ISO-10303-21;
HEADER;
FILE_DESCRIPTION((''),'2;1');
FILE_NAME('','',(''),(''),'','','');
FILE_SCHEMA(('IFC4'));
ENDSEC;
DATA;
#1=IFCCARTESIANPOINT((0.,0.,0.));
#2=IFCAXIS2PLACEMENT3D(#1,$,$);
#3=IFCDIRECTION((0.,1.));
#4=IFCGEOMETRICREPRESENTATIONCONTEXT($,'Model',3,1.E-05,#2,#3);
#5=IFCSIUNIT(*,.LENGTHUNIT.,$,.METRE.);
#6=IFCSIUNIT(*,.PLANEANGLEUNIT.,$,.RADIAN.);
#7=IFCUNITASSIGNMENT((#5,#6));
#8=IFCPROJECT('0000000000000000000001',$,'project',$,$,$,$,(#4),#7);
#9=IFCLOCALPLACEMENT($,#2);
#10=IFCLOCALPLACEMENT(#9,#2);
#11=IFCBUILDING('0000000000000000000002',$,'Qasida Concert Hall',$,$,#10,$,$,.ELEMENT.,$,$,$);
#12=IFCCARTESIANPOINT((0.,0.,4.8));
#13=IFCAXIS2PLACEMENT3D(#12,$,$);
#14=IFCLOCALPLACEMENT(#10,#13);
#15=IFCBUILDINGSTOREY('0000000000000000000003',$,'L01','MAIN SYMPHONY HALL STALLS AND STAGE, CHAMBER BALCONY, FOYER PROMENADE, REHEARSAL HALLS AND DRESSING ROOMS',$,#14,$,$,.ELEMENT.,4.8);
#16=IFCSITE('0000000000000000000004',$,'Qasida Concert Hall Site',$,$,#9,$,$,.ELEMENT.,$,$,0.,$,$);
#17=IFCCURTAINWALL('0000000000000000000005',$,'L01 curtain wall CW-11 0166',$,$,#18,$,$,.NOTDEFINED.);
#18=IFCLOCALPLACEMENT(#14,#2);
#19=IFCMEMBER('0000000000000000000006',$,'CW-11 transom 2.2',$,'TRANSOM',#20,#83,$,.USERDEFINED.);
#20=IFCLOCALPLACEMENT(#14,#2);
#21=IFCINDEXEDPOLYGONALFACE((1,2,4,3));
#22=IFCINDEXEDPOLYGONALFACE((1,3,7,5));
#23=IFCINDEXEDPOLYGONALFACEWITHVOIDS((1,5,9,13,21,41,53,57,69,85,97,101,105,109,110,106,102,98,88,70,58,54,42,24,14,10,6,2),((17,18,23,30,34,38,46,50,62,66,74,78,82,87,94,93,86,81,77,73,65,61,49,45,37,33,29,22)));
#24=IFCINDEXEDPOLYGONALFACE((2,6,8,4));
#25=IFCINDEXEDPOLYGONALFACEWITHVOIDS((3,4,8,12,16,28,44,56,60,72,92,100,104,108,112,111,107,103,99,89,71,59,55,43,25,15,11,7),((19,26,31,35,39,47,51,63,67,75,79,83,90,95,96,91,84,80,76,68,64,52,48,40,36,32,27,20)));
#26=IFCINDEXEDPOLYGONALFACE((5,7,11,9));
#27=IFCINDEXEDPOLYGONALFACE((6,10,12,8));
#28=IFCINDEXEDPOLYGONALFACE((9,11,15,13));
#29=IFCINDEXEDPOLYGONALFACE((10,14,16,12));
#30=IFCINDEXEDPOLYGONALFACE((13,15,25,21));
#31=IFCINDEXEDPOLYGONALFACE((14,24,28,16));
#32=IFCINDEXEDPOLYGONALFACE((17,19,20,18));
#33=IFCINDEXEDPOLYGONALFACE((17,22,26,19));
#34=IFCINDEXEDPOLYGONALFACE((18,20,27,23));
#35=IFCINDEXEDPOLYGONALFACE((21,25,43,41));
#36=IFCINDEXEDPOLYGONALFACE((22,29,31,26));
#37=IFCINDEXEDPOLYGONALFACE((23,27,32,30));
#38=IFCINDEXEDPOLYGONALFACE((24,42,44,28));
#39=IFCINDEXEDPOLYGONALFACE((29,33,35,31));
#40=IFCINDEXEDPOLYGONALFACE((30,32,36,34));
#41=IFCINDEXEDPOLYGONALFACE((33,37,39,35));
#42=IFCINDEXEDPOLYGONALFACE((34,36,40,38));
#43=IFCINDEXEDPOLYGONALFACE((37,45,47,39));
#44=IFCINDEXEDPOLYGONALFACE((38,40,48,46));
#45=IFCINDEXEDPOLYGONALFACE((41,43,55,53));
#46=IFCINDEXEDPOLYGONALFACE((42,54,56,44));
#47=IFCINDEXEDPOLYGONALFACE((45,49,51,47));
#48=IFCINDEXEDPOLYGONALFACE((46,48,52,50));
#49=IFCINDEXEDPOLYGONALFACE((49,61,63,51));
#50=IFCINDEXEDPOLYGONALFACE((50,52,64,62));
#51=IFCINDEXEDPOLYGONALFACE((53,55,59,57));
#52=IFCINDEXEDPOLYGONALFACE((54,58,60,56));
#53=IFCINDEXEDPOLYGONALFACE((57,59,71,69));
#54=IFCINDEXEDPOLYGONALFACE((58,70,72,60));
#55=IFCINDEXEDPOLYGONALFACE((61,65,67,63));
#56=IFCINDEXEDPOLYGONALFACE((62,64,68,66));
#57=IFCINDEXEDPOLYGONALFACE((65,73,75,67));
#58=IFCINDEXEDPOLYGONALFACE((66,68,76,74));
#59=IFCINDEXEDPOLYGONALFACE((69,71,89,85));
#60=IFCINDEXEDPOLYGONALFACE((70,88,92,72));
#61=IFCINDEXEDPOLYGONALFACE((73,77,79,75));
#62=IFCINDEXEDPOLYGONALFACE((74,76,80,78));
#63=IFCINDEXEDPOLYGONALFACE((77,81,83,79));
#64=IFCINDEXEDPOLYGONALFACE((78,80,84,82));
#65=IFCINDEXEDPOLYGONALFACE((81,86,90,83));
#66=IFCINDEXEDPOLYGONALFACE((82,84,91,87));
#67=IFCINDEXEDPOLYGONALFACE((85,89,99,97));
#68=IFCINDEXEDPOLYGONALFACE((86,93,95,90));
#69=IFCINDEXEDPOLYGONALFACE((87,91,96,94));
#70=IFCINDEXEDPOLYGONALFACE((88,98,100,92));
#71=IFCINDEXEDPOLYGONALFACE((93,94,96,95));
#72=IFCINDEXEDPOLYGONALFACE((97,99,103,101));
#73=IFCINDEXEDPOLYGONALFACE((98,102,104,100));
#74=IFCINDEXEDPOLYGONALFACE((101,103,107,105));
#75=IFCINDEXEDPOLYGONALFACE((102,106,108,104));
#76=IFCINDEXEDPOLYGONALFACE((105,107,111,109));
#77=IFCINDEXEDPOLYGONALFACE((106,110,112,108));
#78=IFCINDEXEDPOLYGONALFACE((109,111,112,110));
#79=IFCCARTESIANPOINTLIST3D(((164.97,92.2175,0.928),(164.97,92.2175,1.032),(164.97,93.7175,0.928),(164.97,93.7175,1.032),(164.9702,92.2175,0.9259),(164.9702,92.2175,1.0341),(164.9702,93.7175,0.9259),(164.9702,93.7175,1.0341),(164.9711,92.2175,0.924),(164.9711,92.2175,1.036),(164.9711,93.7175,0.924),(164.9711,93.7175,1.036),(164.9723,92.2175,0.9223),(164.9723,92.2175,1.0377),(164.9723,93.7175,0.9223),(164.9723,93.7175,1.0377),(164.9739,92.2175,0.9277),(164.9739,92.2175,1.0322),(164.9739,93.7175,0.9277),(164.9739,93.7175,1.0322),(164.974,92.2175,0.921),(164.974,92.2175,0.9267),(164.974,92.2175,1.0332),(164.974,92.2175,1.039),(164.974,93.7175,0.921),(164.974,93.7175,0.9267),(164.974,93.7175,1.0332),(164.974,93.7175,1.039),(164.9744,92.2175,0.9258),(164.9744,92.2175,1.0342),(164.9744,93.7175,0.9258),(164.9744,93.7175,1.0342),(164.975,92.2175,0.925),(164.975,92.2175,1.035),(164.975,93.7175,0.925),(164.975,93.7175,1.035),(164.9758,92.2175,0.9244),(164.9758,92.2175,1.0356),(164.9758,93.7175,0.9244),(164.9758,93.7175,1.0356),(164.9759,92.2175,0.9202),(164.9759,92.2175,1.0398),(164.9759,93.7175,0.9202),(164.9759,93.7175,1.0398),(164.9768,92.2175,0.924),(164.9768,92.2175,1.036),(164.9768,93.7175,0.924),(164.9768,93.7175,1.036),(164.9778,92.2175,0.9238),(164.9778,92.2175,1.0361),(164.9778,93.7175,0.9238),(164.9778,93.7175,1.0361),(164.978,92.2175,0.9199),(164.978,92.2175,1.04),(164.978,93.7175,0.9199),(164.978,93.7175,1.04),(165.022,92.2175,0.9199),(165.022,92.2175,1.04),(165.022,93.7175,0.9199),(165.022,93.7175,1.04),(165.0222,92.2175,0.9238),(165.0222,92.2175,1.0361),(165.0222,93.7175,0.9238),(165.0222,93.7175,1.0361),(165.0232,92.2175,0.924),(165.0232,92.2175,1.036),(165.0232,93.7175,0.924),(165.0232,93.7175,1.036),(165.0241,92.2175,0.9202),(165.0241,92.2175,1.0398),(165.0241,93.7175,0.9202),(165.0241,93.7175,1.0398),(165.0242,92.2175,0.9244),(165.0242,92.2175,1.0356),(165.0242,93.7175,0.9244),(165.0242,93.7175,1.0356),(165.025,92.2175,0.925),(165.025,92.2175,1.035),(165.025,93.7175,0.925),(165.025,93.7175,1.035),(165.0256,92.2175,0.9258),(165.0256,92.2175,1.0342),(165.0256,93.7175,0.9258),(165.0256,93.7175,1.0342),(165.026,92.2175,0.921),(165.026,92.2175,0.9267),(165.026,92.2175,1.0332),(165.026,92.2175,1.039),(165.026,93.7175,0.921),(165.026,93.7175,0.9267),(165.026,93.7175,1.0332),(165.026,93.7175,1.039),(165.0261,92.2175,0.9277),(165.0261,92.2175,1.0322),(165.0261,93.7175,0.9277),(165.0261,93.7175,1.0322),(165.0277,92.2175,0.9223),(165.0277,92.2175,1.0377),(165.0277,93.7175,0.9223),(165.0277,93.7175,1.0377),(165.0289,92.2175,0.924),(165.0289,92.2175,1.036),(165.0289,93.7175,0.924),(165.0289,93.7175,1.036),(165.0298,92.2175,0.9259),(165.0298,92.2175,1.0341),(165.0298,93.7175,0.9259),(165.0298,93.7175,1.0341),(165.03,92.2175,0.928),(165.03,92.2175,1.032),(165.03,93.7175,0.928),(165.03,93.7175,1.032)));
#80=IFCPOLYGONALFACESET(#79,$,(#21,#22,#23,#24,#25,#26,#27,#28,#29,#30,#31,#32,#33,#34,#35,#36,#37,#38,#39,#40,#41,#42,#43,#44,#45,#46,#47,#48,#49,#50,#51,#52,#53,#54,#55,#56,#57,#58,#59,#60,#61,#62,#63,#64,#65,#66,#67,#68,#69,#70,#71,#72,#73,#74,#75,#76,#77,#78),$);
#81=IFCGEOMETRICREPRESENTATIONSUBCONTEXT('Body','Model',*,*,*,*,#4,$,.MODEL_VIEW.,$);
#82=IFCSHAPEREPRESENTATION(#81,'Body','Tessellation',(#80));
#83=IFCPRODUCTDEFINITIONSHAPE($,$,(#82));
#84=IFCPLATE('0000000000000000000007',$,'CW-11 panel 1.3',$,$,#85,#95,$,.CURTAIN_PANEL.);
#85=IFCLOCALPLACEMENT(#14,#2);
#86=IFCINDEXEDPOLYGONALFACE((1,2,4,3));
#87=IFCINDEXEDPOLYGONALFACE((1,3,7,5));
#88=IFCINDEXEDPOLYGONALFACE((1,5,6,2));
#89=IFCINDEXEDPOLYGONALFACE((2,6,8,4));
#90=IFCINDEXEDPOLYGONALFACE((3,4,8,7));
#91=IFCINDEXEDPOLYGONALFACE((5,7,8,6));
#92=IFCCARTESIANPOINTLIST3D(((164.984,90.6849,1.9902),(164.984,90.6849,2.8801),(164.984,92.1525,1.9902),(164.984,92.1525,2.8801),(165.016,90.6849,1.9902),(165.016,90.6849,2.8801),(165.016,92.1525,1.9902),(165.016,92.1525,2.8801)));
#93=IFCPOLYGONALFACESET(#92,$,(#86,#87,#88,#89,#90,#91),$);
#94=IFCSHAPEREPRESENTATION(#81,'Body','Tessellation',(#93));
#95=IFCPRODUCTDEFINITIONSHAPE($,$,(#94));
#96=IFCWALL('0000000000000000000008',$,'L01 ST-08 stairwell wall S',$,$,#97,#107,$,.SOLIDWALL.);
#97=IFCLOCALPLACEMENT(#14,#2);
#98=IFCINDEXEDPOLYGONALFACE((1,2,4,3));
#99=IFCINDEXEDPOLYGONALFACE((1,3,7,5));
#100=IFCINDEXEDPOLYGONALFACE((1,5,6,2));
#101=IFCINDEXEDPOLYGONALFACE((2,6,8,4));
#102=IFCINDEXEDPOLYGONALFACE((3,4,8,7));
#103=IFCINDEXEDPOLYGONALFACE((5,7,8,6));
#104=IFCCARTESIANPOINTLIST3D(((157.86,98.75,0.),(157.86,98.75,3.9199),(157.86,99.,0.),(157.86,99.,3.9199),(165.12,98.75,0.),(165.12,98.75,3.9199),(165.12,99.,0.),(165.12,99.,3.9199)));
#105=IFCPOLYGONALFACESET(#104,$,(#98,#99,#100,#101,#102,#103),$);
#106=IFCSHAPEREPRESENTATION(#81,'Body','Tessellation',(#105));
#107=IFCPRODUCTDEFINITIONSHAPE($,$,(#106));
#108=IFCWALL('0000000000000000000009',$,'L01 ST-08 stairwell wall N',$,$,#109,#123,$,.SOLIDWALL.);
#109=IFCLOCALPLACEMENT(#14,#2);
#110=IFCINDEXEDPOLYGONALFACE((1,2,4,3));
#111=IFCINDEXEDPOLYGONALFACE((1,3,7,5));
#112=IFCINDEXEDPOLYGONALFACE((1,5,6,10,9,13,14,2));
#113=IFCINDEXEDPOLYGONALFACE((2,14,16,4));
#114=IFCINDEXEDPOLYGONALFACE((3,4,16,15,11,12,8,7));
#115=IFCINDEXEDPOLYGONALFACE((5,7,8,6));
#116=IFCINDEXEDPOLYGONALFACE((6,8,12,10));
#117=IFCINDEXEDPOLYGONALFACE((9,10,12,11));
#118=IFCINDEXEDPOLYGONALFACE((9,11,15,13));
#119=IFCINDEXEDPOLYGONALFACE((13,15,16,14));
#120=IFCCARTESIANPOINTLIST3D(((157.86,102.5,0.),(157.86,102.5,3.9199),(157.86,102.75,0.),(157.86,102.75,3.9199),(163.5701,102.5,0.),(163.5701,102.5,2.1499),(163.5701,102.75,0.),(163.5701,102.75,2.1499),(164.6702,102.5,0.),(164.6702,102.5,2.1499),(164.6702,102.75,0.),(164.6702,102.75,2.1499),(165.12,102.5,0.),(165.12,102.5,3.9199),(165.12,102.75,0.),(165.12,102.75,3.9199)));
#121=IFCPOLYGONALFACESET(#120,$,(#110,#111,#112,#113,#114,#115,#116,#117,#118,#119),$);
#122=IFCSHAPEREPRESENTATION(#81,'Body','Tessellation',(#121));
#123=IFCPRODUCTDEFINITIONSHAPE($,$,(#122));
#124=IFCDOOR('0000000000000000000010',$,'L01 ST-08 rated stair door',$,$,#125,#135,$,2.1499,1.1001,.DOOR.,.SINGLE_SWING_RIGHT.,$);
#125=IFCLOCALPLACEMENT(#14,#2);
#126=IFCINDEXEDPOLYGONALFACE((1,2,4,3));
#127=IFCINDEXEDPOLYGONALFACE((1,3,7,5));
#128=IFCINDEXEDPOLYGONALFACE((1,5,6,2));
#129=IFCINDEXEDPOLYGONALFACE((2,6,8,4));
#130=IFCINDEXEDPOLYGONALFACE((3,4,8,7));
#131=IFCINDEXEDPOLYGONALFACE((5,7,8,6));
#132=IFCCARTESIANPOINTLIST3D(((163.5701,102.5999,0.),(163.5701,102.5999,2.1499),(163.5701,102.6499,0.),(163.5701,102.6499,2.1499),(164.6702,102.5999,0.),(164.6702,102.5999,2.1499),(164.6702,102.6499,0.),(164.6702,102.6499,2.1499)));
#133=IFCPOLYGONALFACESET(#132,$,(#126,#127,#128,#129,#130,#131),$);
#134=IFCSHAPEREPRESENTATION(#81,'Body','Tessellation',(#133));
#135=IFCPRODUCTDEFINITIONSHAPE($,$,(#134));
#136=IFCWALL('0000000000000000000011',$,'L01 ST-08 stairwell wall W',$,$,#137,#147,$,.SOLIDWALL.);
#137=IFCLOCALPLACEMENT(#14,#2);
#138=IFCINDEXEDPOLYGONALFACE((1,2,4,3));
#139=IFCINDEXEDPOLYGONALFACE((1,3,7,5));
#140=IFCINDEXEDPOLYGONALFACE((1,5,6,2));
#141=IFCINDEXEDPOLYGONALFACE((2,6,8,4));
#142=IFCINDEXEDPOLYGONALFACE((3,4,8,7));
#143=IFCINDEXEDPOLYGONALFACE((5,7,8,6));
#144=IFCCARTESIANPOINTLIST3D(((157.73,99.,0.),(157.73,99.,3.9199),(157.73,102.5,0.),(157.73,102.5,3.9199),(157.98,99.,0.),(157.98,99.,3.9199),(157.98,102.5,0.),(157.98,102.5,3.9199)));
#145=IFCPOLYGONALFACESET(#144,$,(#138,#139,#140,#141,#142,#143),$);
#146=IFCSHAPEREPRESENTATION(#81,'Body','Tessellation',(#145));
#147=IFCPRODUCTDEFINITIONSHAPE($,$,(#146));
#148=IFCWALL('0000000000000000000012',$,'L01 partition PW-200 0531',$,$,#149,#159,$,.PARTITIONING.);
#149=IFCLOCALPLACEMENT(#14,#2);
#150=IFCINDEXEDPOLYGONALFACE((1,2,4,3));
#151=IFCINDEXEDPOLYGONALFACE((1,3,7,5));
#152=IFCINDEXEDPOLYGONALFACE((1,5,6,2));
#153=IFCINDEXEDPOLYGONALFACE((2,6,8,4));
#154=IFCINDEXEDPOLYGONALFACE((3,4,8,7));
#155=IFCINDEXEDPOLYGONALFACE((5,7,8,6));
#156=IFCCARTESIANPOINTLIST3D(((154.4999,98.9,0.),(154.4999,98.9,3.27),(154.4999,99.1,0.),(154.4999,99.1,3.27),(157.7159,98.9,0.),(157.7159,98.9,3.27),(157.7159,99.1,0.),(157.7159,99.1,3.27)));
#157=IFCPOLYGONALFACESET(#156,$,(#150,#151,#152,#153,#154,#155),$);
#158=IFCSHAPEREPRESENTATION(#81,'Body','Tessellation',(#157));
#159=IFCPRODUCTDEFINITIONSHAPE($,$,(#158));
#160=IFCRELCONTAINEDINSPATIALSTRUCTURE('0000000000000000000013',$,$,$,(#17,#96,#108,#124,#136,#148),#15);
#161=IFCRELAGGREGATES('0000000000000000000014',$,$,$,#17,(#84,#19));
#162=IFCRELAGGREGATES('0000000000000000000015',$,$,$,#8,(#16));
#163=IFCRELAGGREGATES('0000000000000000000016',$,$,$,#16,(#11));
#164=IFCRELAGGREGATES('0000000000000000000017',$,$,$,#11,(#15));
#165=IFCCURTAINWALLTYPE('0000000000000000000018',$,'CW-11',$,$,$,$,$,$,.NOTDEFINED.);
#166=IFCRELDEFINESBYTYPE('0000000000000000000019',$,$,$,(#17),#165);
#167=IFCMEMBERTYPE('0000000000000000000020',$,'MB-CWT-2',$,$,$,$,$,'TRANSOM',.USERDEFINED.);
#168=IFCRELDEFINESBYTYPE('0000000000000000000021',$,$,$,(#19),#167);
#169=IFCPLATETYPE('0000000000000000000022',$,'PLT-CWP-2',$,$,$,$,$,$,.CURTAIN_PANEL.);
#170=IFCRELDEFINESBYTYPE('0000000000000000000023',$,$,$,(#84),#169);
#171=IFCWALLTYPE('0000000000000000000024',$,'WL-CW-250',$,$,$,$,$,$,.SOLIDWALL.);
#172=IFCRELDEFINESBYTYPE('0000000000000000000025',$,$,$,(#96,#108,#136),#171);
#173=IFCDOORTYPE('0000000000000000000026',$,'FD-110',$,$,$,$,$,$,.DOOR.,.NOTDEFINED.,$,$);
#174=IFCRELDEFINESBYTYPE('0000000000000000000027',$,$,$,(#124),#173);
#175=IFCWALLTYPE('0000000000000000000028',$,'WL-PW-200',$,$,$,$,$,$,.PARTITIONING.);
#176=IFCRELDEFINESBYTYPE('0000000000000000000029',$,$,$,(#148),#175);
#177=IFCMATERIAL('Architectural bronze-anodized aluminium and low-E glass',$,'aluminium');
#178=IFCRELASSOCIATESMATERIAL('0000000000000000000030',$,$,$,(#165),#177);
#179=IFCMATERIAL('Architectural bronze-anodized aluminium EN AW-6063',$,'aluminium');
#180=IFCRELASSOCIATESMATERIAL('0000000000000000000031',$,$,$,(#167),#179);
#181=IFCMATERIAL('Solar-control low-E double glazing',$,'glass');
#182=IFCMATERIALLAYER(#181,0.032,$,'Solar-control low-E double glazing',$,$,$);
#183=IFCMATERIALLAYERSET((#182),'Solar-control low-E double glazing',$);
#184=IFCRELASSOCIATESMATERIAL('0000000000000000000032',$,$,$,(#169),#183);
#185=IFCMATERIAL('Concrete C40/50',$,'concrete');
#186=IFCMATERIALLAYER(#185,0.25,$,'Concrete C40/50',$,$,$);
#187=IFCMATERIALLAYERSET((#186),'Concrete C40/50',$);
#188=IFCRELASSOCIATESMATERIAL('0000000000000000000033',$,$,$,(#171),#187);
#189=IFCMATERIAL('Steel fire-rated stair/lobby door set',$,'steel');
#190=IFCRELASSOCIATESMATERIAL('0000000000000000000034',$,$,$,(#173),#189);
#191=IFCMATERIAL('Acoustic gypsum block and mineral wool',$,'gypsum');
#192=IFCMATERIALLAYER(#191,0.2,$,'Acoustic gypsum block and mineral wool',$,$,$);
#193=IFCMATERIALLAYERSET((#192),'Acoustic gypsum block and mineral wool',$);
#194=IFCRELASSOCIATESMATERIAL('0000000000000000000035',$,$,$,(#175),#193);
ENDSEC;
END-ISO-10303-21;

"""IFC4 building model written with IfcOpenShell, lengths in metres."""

from ifc_helpers import new_model, si_unit, direction, frame, frame_2d, origin, origin_2d, place, context, subcontext, project, spatial, rectangle, hollow_rectangle, extrude, material, layer, layer_set, material_profile, profile_set, type_object, element, fill, aggregate, save


model = new_model("IFC4")

# Units and contexts
model_context = context("Model", 3, precision=1e-05, world=origin(), true_north=direction((0.0, 1.0)))
body_context = subcontext(model_context, "Body", "Model", "MODEL_VIEW")
ifc_project = project(units=[si_unit("LENGTHUNIT", "METRE"), si_unit("PLANEANGLEUNIT", "RADIAN")], contexts=[model_context])

# Site, building, storey
site_placement = place(None, origin())
site = spatial("IfcSite", under=ifc_project, at=site_placement, Name="Qasida Concert Hall Site", CompositionType="ELEMENT", RefElevation=0.0)
building_placement = place(site_placement, origin())
building = spatial("IfcBuilding", under=site, at=building_placement, Name="Qasida Concert Hall", CompositionType="ELEMENT")
storey_placement = place(building_placement, frame((0.0, 0.0, 4.8)))
storey = spatial("IfcBuildingStorey", under=building, at=storey_placement, Name="L01", Description="MAIN SYMPHONY HALL STALLS AND STAGE, CHAMBER BALCONY, FOYER PROMENADE, REHEARSAL HALLS AND DRESSING ROOMS", CompositionType="ELEMENT", Elevation=4.8)

# Shared definitions
ifc_material_1 = material(Name="Concrete C40/50", Category="concrete")

# Curtain wall, member, plate
ifc_material_2 = material(Name="Architectural bronze-anodized aluminium and low-E glass", Category="aluminium")
curtain_wall_type = type_object("IfcCurtainWallType", Name="CW-11", PredefinedType="NOTDEFINED", material=ifc_material_2)
curtain_wall_placement = place(storey_placement, origin())
curtain_wall = element("IfcCurtainWall", 1, at=curtain_wall_placement, inside=storey, type_object=curtain_wall_type, Name="L01 curtain wall CW-11 0166", PredefinedType="NOTDEFINED")
ifc_material_3 = material(Name="Architectural bronze-anodized aluminium EN AW-6063", Category="aluminium")
ifc_material_profile_1 = material_profile(ifc_material_3, hollow_rectangle(XDim=0.0601, YDim=0.1201, WallThickness=0.0039, InnerFilletRadius=0.0039, OuterFilletRadius=0.0081, at=origin_2d()), Name="CWT 120x60x4")
ifc_profile_set_1 = profile_set([ifc_material_profile_1], Name="Architectural bronze-anodized aluminium EN AW-6063")
member_type_1 = type_object("IfcMemberType", Name="MB-CWT-2", ElementType="TRANSOM", PredefinedType="USERDEFINED", material=ifc_profile_set_1)
member_1_placement = place(storey_placement, frame((165.0, 92.2175, 0.98), z_axis=(0.0, 1.0, 0.0), x_axis=(-1.0, 0.0, 0.0)))
member_1 = element("IfcMember", 2, at=member_1_placement, type_object=member_type_1, Name="CW-11 transom 2.2", ObjectType="TRANSOM", PredefinedType="USERDEFINED", context=body_context, shape_type="SweptSolid", body=[
    extrude(hollow_rectangle(XDim=0.0601, YDim=0.1201, WallThickness=0.0039, InnerFilletRadius=0.0039, OuterFilletRadius=0.0081, at=origin_2d()), origin(), (0.0, 0.0, 1.0), 1.5),
])
ifc_material_4 = material(Name="Solar-control low-E double glazing", Category="glass")
ifc_layer_1 = layer(ifc_material_4, 0.032, Name="Solar-control low-E double glazing")
ifc_layer_set_1 = layer_set([ifc_layer_1], Name="Solar-control low-E double glazing")
plate_type = type_object("IfcPlateType", Name="PLT-CWP-2", PredefinedType="CURTAIN_PANEL", material=ifc_layer_set_1)
plate_placement = place(storey_placement, frame((165.0, 91.4187, 1.9902), z_axis=(0.0, 0.0, 1.0), x_axis=(0.0, 1.0, 0.0)))
plate = element("IfcPlate", 3, at=plate_placement, type_object=plate_type, Name="CW-11 panel 1.3", PredefinedType="CURTAIN_PANEL", context=body_context, shape_type="SweptSolid", body=[
    extrude(rectangle(XDim=1.4675, YDim=0.032, at=origin_2d()), origin(), (0.0, 0.0, 1.0), 0.8899),
])
aggregate(curtain_wall, [plate, member_1])

# Wall
ifc_layer_2 = layer(ifc_material_1, 0.25, Name="Concrete C40/50")
ifc_layer_set_2 = layer_set([ifc_layer_2], Name="Concrete C40/50")
wall_type_1 = type_object("IfcWallType", Name="WL-CW-250", PredefinedType="SOLIDWALL", material=ifc_layer_set_2)
wall_1_placement = place(storey_placement, frame((157.8601, 98.875, 0.0), z_axis=(0.0, 0.0, 1.0), x_axis=(1.0, 0.0, 0.0)))
element("IfcWall", 4, at=wall_1_placement, inside=storey, type_object=wall_type_1, Name="L01 ST-08 stairwell wall S", PredefinedType="SOLIDWALL", context=body_context, shape_type="SweptSolid", body=[
    extrude(rectangle(XDim=7.26, YDim=0.25, at=frame_2d((3.6299, 0.0))), origin(), (0.0, 0.0, 1.0), 3.9199),
])

# Wall, opening, door
wall_2_placement = place(storey_placement, frame((157.8601, 102.625, 0.0), z_axis=(0.0, 0.0, 1.0), x_axis=(1.0, 0.0, 0.0)))
wall_2 = element("IfcWall", 5, at=wall_2_placement, inside=storey, type_object=wall_type_1, Name="L01 ST-08 stairwell wall N", PredefinedType="SOLIDWALL", context=body_context, shape_type="SweptSolid", body=[
    extrude(rectangle(XDim=7.26, YDim=0.25, at=frame_2d((3.6299, 0.0))), origin(), (0.0, 0.0, 1.0), 3.9199),
])
opening_1_placement = place(wall_2_placement, frame((5.71, 0.0, 0.0)))
opening_1 = element("IfcOpeningElement", 6, at=opening_1_placement, cuts=wall_2, PredefinedType="OPENING", context=body_context, shape_type="SweptSolid", body=[
    extrude(rectangle(XDim=1.1001, YDim=2.1499, at=frame_2d((0.55, 1.075))), frame((0.0, 0.135, 0.0), z_axis=(0.0, -1.0, 0.0), x_axis=(1.0, 0.0, 0.0)), (0.0, 0.0, 1.0), 0.27),
])
ifc_material_5 = material(Name="Steel fire-rated stair/lobby door set", Category="steel")
door_type_1 = type_object("IfcDoorType", Name="FD-110", OperationType="NOTDEFINED", PredefinedType="DOOR", material=ifc_material_5)
door_1_placement = place(opening_1_placement, origin())
door_1 = element("IfcDoor", 7, at=door_1_placement, inside=storey, type_object=door_type_1, Name="L01 ST-08 rated stair door", OperationType="SINGLE_SWING_RIGHT", OverallHeight=2.1499, OverallWidth=1.1001, PredefinedType="DOOR", context=body_context, shape_type="SweptSolid", body=[
    extrude(rectangle(XDim=1.1001, YDim=2.1499, at=frame_2d((0.55, 1.075))), frame((0.0, 0.0249, 0.0), z_axis=(0.0, -1.0, 0.0), x_axis=(1.0, 0.0, 0.0)), (0.0, 0.0, 1.0), 0.05),
])
fill(opening_1, door_1)

# Walls
wall_3_placement = place(storey_placement, frame((157.855, 99.0, 0.0), z_axis=(0.0, 0.0, 1.0), x_axis=(0.0, 1.0, 0.0)))
element("IfcWall", 8, at=wall_3_placement, inside=storey, type_object=wall_type_1, Name="L01 ST-08 stairwell wall W", PredefinedType="SOLIDWALL", context=body_context, shape_type="SweptSolid", body=[
    extrude(rectangle(XDim=3.5, YDim=0.25, at=frame_2d((1.75, 0.0))), origin(), (0.0, 0.0, 1.0), 3.9199),
])
ifc_material_6 = material(Name="Acoustic gypsum block and mineral wool", Category="gypsum")
ifc_layer_3 = layer(ifc_material_6, 0.2, Name="Acoustic gypsum block and mineral wool")
ifc_layer_set_3 = layer_set([ifc_layer_3], Name="Acoustic gypsum block and mineral wool")
wall_type_2 = type_object("IfcWallType", Name="WL-PW-200", PredefinedType="PARTITIONING", material=ifc_layer_set_3)
wall_4_placement = place(storey_placement, frame((154.5, 99.0, 0.0), z_axis=(0.0, 0.0, 1.0), x_axis=(1.0, 0.0, 0.0)))
element("IfcWall", 9, at=wall_4_placement, inside=storey, type_object=wall_type_2, Name="L01 partition PW-200 0531", PredefinedType="PARTITIONING", context=body_context, shape_type="SweptSolid", body=[
    extrude(rectangle(XDim=3.2161, YDim=0.2, at=frame_2d((1.6079, 0.0))), origin(), (0.0, 0.0, 1.0), 3.27),
])

save(model, "model.ifc")
